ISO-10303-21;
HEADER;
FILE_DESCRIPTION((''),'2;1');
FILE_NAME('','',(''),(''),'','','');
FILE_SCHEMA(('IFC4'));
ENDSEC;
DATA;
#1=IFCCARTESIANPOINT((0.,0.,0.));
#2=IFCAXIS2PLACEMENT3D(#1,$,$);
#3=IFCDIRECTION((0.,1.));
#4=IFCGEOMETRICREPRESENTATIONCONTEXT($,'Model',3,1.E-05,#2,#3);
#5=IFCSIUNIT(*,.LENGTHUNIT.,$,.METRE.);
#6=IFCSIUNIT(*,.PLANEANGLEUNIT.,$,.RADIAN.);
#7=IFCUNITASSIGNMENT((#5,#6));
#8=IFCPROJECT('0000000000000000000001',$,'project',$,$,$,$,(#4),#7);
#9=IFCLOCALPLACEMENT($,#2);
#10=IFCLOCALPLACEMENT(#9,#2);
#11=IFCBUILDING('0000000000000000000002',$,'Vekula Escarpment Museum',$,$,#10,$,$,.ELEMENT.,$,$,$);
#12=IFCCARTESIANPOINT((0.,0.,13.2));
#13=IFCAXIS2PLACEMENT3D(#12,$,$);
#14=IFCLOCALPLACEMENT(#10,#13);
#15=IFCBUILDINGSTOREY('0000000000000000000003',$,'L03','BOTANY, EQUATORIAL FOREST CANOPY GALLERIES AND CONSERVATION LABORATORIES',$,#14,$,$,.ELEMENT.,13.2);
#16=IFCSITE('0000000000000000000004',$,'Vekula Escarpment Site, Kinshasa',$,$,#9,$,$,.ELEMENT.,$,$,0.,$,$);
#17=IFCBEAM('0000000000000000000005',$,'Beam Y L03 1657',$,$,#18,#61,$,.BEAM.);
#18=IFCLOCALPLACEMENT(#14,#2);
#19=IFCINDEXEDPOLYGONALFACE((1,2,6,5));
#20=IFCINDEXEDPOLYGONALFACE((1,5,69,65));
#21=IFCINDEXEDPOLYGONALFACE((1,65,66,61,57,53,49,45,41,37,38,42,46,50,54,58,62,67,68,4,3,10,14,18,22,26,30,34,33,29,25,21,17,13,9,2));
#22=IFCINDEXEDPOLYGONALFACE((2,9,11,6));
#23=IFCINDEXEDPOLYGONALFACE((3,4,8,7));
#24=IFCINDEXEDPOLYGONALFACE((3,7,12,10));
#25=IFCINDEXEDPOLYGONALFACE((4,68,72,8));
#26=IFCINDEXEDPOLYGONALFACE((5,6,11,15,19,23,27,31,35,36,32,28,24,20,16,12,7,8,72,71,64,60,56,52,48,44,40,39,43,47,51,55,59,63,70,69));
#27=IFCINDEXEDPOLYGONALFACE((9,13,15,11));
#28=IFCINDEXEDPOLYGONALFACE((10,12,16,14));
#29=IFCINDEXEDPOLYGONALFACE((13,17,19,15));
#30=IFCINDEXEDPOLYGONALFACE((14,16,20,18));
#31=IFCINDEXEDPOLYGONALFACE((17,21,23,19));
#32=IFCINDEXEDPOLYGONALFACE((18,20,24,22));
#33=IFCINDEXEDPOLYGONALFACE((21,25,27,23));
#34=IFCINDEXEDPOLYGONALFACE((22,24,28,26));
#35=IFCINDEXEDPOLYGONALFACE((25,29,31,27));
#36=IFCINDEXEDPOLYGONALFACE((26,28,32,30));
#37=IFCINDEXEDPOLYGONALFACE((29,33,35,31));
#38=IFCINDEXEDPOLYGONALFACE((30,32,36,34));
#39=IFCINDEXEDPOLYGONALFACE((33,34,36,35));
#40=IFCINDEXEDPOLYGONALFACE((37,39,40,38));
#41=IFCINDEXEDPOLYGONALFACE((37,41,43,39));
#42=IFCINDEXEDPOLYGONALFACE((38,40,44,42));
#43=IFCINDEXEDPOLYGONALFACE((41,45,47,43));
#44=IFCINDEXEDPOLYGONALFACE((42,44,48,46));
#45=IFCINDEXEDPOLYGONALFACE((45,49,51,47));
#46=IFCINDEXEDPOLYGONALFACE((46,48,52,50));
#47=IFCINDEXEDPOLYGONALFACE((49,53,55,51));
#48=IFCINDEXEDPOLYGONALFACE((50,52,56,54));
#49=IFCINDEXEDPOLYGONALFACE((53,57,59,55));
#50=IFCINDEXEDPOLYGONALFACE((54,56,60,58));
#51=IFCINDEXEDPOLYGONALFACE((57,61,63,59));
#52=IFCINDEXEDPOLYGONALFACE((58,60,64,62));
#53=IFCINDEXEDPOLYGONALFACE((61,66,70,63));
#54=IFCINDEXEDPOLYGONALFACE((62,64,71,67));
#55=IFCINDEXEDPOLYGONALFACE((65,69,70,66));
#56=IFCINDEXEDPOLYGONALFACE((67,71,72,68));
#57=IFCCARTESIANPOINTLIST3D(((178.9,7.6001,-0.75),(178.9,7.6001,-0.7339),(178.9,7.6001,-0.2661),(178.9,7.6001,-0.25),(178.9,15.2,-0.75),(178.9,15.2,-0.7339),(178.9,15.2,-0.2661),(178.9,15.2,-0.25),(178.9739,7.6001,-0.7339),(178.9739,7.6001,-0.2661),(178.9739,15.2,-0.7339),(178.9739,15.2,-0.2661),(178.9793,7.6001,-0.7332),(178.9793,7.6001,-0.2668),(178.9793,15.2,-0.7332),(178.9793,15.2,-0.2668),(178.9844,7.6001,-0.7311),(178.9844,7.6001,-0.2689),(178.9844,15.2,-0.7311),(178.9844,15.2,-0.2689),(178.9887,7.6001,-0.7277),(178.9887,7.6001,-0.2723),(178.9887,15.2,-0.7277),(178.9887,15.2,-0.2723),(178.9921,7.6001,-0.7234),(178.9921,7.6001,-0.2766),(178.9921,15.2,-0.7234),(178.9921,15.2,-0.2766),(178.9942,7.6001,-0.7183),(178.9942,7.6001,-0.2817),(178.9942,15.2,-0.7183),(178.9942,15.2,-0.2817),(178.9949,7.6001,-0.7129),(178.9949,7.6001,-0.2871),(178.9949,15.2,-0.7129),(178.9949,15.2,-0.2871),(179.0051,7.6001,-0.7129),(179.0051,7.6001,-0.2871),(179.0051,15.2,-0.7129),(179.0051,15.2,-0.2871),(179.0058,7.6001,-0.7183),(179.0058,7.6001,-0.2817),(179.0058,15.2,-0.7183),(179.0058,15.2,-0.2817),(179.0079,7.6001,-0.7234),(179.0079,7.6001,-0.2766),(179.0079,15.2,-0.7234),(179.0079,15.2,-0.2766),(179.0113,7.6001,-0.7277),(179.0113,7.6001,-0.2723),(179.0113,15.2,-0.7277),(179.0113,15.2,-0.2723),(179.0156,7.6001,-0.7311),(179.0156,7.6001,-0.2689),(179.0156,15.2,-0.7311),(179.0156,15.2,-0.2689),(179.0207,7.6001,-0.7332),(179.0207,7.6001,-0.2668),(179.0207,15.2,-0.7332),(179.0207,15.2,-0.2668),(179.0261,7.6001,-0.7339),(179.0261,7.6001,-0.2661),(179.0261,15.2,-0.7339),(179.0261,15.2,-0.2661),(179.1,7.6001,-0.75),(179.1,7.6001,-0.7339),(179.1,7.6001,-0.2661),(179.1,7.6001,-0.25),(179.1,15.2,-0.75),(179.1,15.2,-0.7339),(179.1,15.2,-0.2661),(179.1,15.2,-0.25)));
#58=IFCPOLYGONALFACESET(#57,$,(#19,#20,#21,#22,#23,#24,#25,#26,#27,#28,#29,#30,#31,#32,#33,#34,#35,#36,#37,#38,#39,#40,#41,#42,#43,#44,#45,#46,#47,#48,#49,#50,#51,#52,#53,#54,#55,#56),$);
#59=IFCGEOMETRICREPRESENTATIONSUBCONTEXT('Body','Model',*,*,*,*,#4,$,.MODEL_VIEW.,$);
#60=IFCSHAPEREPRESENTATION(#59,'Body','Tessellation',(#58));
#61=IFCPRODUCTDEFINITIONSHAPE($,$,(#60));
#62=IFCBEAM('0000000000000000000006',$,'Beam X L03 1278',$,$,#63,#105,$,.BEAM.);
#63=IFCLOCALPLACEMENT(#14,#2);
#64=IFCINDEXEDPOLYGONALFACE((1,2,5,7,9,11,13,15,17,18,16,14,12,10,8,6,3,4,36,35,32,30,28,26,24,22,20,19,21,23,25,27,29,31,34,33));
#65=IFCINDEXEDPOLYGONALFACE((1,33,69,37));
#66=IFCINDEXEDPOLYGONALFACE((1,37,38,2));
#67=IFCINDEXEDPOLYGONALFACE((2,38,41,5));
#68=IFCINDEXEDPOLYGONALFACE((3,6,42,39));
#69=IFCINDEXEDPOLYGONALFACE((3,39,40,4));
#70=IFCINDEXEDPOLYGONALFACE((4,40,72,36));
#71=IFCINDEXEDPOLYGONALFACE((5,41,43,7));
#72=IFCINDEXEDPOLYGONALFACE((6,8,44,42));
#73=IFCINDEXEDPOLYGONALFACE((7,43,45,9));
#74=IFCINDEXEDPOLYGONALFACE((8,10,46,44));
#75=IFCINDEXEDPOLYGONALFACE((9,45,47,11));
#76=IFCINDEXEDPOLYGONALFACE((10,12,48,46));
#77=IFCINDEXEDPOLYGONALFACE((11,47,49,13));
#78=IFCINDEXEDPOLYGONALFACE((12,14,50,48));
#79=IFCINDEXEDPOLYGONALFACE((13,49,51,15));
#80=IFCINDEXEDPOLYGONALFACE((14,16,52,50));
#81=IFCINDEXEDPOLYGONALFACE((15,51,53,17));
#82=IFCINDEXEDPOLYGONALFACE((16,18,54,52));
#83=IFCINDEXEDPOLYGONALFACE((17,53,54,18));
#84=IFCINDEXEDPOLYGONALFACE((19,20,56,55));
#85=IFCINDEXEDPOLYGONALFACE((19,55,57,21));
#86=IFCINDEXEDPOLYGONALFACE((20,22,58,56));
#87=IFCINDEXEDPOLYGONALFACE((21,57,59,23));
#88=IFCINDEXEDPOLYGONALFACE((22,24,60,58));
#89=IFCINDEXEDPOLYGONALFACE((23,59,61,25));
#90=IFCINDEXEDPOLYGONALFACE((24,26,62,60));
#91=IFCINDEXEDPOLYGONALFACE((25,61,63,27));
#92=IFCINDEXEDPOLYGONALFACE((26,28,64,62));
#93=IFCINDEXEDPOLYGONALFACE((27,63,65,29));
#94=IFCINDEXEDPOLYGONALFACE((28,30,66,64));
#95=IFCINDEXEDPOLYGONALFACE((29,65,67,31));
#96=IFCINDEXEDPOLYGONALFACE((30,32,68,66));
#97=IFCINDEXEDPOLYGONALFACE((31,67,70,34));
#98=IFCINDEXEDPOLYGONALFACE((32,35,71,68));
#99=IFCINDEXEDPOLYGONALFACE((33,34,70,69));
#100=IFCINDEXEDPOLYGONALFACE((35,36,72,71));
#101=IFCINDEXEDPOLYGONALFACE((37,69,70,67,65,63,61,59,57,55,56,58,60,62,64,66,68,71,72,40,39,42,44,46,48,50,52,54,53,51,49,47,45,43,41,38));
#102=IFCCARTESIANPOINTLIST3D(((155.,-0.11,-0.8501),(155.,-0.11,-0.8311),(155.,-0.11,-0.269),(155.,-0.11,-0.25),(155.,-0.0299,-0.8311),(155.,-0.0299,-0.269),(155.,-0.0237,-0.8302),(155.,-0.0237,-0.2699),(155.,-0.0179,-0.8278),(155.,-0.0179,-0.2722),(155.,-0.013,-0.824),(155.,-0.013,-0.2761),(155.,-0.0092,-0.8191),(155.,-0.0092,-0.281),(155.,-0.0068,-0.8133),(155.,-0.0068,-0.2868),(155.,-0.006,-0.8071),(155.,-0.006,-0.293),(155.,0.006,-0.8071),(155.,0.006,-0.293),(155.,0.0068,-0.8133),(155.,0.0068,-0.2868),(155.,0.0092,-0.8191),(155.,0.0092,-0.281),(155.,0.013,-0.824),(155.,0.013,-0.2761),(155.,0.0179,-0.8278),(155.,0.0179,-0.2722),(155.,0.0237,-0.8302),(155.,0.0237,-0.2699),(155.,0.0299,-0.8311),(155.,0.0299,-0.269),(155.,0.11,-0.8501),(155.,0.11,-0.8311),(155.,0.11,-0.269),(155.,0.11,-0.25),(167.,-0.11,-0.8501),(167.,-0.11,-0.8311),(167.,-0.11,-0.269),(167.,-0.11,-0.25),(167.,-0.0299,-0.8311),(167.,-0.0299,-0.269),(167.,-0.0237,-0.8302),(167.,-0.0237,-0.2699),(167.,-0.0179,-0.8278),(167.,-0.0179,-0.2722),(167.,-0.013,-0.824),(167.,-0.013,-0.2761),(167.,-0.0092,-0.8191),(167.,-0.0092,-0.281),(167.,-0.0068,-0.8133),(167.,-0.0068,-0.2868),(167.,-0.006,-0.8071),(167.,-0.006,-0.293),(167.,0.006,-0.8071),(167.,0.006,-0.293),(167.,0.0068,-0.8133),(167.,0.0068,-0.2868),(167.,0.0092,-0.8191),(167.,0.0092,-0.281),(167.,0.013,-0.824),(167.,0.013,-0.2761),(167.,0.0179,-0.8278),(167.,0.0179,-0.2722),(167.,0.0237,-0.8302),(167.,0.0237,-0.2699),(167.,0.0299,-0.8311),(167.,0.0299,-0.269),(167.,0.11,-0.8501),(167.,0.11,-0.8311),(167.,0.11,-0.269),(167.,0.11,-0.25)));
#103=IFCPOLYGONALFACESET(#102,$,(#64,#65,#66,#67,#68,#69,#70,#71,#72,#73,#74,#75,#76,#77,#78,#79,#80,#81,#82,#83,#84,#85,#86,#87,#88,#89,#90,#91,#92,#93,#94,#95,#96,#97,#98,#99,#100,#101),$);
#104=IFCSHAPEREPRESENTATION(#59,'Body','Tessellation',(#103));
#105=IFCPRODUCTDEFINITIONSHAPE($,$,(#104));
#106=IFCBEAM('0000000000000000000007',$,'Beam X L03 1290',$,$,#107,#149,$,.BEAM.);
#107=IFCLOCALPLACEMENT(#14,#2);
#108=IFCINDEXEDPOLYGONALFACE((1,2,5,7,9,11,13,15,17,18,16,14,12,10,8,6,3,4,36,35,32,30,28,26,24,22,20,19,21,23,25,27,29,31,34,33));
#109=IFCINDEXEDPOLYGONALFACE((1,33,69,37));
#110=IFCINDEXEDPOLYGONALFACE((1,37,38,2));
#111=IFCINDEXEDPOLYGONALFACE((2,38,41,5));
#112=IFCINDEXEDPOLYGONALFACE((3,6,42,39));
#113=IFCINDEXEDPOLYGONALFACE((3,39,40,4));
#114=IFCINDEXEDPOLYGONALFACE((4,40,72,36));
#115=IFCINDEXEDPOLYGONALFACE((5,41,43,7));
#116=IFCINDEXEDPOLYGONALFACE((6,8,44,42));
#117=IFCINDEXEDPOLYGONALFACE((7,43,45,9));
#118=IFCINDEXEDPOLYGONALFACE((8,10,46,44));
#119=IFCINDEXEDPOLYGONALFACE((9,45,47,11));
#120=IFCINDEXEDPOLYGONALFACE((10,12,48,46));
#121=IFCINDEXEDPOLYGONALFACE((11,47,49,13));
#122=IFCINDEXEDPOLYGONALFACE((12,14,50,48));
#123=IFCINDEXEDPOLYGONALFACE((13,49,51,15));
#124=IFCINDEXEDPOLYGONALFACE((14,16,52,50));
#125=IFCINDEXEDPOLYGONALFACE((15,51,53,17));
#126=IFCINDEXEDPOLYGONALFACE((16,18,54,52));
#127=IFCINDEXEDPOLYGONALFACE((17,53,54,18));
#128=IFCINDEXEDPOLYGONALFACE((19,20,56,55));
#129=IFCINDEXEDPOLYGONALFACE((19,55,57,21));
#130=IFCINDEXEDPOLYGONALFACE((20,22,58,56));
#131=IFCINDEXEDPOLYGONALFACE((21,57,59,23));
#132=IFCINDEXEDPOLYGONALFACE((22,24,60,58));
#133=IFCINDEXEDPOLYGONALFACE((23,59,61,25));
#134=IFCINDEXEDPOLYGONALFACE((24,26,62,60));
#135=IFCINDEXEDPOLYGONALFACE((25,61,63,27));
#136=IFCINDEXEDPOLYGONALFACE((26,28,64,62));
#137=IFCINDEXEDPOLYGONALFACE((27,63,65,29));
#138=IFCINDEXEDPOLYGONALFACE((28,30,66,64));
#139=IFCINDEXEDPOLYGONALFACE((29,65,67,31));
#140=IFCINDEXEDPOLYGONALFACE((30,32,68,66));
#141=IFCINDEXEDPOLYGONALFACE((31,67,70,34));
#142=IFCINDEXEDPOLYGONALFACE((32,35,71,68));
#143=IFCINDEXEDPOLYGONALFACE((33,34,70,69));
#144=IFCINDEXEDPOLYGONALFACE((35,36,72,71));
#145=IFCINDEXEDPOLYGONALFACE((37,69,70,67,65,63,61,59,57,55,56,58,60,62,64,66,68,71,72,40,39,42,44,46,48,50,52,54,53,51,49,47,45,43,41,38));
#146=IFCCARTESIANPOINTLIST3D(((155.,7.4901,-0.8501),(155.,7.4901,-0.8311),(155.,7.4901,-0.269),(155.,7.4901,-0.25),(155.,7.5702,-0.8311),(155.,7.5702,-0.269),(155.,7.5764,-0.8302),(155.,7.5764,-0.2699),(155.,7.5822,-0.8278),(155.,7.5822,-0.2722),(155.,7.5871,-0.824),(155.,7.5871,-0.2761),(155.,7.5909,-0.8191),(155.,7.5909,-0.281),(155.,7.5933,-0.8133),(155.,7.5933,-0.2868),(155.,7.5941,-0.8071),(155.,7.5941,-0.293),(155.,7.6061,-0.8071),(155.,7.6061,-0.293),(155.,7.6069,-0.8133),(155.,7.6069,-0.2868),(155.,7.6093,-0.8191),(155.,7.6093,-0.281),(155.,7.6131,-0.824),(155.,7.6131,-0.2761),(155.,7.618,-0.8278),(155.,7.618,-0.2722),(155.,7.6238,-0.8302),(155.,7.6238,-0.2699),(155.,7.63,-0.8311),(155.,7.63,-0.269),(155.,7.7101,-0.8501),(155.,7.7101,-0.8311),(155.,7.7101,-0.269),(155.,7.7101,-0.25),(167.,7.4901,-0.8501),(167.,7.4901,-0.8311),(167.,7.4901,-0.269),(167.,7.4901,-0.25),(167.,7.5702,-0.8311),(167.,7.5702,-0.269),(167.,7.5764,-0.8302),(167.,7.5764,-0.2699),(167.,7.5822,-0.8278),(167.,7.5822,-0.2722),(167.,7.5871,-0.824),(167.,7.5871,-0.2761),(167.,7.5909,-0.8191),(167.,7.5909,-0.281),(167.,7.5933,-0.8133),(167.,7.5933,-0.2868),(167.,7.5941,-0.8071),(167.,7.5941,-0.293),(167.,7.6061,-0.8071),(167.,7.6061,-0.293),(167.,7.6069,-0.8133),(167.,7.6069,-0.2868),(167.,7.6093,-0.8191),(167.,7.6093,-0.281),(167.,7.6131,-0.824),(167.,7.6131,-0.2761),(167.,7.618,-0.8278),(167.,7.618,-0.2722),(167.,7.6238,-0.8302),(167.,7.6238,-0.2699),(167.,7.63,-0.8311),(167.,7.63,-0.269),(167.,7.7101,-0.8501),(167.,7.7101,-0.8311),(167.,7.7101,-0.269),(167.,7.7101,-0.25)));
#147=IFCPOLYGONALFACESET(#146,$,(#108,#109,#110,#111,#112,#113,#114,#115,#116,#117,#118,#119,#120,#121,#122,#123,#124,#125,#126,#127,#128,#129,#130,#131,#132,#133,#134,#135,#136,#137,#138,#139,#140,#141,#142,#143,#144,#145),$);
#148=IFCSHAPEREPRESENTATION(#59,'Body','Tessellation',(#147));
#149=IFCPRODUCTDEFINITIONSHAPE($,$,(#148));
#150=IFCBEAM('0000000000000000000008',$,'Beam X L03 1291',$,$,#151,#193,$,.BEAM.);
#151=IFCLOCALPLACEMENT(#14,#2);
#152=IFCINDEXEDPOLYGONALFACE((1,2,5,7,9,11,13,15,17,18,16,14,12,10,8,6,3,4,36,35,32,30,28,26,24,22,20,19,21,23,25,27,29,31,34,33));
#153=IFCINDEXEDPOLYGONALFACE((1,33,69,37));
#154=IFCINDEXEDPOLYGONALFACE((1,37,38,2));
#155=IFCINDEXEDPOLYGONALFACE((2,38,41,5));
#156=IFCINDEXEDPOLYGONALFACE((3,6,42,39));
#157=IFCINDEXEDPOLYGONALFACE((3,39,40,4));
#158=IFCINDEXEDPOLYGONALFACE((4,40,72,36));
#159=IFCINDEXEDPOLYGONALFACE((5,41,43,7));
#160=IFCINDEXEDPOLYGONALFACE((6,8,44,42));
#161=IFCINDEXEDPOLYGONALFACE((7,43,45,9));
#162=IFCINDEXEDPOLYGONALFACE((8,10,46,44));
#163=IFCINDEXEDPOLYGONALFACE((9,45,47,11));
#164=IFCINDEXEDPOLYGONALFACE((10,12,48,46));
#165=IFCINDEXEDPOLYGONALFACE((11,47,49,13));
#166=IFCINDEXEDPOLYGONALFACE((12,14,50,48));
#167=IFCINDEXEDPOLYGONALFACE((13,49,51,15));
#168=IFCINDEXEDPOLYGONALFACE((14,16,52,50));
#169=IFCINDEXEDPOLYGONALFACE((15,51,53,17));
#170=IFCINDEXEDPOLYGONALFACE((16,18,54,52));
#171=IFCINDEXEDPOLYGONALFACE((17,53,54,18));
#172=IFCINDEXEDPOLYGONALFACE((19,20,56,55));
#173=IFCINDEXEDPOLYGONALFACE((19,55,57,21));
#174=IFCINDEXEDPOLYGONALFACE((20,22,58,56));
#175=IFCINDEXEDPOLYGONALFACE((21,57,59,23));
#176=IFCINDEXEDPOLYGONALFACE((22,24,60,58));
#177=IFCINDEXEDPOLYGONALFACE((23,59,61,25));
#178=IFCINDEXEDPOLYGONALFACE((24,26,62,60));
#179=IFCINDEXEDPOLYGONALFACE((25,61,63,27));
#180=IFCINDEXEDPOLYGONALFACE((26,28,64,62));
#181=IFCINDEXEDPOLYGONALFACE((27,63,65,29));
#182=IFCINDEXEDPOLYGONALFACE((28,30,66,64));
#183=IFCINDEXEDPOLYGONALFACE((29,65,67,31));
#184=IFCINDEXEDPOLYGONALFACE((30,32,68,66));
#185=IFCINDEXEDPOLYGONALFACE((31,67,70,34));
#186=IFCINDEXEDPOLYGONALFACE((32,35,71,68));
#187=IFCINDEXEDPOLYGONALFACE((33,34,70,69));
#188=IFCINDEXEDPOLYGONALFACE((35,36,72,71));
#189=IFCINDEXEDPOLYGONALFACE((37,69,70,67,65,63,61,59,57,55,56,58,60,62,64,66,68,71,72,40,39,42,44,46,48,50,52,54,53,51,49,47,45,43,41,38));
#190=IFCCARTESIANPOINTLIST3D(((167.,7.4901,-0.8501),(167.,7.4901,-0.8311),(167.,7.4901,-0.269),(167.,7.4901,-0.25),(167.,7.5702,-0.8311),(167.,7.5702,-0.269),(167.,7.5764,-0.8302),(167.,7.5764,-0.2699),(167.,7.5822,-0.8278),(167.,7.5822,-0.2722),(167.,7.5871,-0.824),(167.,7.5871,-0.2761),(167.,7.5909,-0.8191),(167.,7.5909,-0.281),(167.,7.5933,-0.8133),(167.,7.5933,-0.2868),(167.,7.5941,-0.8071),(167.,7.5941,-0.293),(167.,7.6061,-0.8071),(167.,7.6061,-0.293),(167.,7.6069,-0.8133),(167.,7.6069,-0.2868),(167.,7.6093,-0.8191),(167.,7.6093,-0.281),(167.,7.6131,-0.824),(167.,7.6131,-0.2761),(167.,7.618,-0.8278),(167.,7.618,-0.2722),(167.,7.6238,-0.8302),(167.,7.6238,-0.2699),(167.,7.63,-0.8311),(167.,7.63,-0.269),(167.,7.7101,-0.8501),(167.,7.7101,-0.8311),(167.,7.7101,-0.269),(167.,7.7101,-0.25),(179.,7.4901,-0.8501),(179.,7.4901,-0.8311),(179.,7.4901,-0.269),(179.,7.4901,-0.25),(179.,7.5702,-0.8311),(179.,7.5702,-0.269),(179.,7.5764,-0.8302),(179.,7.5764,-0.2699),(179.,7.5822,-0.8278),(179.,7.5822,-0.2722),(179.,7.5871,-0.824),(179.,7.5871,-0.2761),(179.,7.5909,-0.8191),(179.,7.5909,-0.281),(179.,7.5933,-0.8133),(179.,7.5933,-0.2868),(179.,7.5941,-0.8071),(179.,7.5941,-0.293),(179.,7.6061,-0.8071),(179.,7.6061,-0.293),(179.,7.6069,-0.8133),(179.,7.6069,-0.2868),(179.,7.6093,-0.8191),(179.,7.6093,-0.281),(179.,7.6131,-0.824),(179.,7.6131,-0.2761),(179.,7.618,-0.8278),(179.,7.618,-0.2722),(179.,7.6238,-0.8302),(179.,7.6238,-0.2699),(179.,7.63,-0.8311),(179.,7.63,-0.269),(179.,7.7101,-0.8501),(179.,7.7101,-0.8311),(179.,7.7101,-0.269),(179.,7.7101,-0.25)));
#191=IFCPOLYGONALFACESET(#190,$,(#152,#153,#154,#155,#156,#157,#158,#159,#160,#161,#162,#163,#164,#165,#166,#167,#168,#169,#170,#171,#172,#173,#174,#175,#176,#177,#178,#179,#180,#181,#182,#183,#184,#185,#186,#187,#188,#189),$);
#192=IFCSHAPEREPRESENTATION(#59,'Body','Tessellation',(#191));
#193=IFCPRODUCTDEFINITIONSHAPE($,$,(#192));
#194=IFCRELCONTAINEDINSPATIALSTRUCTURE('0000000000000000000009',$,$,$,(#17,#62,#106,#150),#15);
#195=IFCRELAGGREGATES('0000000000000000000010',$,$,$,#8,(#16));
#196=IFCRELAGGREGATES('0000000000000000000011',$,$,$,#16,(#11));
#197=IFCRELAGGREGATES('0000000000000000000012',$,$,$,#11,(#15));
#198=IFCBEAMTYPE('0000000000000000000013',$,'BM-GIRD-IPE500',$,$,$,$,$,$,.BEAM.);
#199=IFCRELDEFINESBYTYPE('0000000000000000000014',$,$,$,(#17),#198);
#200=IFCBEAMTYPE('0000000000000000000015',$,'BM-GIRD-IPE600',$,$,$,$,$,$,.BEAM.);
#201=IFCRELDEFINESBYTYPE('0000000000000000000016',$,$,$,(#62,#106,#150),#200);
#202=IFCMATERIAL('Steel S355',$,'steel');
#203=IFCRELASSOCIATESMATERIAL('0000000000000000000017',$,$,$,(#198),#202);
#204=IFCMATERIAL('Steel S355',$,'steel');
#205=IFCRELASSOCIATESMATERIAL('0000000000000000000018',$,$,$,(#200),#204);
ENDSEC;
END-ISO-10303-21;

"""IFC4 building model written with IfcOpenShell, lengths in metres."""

from ifc_helpers import new_model, si_unit, direction, frame, origin, origin_2d, place, context, subcontext, project, spatial, i_section, extrude, material, material_profile, profile_set, type_object, element, save


model = new_model("IFC4")

# Units and contexts
model_context = context("Model", 3, precision=1e-05, world=origin(), true_north=direction((0.0, 1.0)))
body_context = subcontext(model_context, "Body", "Model", "MODEL_VIEW")
ifc_project = project(units=[si_unit("LENGTHUNIT", "METRE"), si_unit("PLANEANGLEUNIT", "RADIAN")], contexts=[model_context])

# Site, building, storey
site_placement = place(None, origin())
site = spatial("IfcSite", under=ifc_project, at=site_placement, Name="Vekula Escarpment Site, Kinshasa", CompositionType="ELEMENT", RefElevation=0.0)
building_placement = place(site_placement, origin())
building = spatial("IfcBuilding", under=site, at=building_placement, Name="Vekula Escarpment Museum", CompositionType="ELEMENT")
storey_placement = place(building_placement, frame((0.0, 0.0, 13.2)))
storey = spatial("IfcBuildingStorey", under=building, at=storey_placement, Name="L03", Description="BOTANY, EQUATORIAL FOREST CANOPY GALLERIES AND CONSERVATION LABORATORIES", CompositionType="ELEMENT", Elevation=13.2)

# Beams
ifc_material_1 = material(Name="Steel S355", Category="steel")
ifc_material_profile_1 = material_profile(ifc_material_1, i_section(OverallWidth=0.2, OverallDepth=0.5, WebThickness=0.0103, FlangeThickness=0.0161, FilletRadius=0.021, at=origin_2d()), Name="IPE 500")
ifc_profile_set_1 = profile_set([ifc_material_profile_1], Name="Steel S355")
beam_type_1 = type_object("IfcBeamType", Name="BM-GIRD-IPE500", PredefinedType="BEAM", material=ifc_profile_set_1)
for number, where, z_axis, x_axis, name in (
    (1, (179.0, 7.6001, -0.5), (0.0, 1.0, 0.0), (-1.0, 0.0, 0.0), "Beam Y L03 1657"),
):
    element("IfcBeam", number, at=place(storey_placement, frame(where, z_axis=z_axis, x_axis=x_axis)), inside=storey, type_object=beam_type_1, Name=name, PredefinedType="BEAM", context=body_context, shape_type="SweptSolid", body=[
        extrude(i_section(OverallWidth=0.2, OverallDepth=0.5, WebThickness=0.0103, FlangeThickness=0.0161, FilletRadius=0.021, at=origin_2d()), origin(), (0.0, 0.0, 1.0), 7.5999),
    ])
ifc_material_2 = material(Name="Steel S355", Category="steel")
ifc_material_profile_2 = material_profile(ifc_material_2, i_section(OverallWidth=0.22, OverallDepth=0.6001, WebThickness=0.012, FlangeThickness=0.019, FilletRadius=0.0239, at=origin_2d()), Name="IPE 600")
ifc_profile_set_2 = profile_set([ifc_material_profile_2], Name="Steel S355")
beam_type_2 = type_object("IfcBeamType", Name="BM-GIRD-IPE600", PredefinedType="BEAM", material=ifc_profile_set_2)
for number, where, z_axis, x_axis, name in (
    (2, (155.0, 0.0, -0.55), (1.0, 0.0, 0.0), (0.0, 1.0, 0.0), "Beam X L03 1278"),
    (3, (155.0, 7.6001, -0.55), (1.0, 0.0, 0.0), (0.0, 1.0, 0.0), "Beam X L03 1290"),
    (4, (167.0, 7.6001, -0.55), (1.0, 0.0, 0.0), (0.0, 1.0, 0.0), "Beam X L03 1291"),
):
    element("IfcBeam", number, at=place(storey_placement, frame(where, z_axis=z_axis, x_axis=x_axis)), inside=storey, type_object=beam_type_2, Name=name, PredefinedType="BEAM", context=body_context, shape_type="SweptSolid", body=[
        extrude(i_section(OverallWidth=0.22, OverallDepth=0.6001, WebThickness=0.012, FlangeThickness=0.019, FilletRadius=0.0239, at=origin_2d()), origin(), (0.0, 0.0, 1.0), 12.0),
    ])

save(model, "model.ifc")
